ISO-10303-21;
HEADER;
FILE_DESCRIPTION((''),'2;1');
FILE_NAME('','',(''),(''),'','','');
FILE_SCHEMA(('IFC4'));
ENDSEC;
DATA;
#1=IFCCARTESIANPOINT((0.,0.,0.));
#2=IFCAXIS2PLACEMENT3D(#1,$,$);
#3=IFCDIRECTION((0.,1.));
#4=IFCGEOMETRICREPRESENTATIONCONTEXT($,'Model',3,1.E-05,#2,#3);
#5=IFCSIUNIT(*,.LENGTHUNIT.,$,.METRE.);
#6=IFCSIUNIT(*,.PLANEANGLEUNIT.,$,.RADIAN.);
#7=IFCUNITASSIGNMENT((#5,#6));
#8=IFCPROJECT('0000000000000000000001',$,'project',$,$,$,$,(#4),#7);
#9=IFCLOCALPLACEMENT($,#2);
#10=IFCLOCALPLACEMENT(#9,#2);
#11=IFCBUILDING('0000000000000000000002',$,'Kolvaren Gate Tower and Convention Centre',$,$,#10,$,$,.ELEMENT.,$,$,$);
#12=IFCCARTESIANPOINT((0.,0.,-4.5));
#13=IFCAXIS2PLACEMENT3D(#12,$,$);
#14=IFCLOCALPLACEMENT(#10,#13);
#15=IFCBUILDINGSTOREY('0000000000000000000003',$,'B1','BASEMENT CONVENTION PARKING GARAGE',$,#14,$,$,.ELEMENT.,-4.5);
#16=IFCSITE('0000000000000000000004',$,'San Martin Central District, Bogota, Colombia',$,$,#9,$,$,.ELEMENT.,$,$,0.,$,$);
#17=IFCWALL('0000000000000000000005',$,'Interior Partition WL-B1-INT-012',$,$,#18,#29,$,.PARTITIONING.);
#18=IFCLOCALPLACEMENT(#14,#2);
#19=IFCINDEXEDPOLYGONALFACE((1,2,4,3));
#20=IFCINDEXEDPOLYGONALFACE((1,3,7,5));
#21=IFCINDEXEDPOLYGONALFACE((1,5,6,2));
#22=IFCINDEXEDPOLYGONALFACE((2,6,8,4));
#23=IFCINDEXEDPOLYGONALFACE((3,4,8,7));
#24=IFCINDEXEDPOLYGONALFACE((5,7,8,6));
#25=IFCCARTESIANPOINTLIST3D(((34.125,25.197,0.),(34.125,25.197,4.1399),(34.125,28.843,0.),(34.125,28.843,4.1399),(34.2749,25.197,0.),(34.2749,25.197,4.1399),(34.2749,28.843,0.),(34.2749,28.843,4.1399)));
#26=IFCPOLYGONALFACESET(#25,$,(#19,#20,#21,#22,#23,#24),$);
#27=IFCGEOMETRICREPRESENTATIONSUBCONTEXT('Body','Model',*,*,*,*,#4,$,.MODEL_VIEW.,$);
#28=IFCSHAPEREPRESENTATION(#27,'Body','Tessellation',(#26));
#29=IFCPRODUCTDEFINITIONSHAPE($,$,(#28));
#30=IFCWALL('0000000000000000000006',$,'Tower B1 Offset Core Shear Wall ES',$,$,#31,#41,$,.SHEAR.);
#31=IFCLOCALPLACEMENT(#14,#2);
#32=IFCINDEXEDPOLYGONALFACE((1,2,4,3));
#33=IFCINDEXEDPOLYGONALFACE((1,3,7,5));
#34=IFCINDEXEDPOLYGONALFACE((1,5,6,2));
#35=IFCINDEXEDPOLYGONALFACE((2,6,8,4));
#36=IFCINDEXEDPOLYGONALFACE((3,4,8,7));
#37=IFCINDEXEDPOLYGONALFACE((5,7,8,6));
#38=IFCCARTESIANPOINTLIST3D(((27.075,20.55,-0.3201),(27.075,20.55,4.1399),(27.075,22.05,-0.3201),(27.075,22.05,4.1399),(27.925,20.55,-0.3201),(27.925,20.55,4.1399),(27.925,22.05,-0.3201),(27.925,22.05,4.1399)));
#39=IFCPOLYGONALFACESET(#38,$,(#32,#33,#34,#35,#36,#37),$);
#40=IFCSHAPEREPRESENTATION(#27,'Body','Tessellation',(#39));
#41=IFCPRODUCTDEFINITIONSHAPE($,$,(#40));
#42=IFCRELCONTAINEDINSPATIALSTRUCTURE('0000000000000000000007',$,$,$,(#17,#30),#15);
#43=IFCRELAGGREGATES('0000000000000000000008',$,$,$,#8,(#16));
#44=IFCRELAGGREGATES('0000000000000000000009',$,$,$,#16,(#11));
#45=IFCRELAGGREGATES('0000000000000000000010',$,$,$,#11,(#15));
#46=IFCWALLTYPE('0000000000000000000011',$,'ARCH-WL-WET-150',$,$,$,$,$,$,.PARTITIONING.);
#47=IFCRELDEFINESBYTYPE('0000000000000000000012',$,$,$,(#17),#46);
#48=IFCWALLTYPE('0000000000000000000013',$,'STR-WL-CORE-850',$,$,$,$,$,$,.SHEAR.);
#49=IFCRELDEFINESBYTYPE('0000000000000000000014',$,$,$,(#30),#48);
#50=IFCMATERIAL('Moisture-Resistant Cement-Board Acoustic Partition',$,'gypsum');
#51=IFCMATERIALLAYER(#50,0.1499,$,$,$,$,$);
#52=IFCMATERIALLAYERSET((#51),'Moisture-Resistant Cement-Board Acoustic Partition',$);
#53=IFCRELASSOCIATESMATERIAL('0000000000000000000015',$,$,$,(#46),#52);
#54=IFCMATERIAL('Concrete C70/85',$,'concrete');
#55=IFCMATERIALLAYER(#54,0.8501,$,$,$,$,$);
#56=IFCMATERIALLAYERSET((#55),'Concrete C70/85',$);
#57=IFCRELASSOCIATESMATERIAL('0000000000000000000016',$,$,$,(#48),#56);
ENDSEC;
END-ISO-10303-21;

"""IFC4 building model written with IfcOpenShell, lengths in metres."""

from ifc_helpers import new_model, si_unit, direction, frame, frame_2d, origin, place, context, subcontext, project, spatial, rectangle, extrude, material, layer, layer_set, type_object, element, save


model = new_model("IFC4")

# Units and contexts
model_context = context("Model", 3, precision=1e-05, world=origin(), true_north=direction((0.0, 1.0)))
body_context = subcontext(model_context, "Body", "Model", "MODEL_VIEW")
ifc_project = project(units=[si_unit("LENGTHUNIT", "METRE"), si_unit("PLANEANGLEUNIT", "RADIAN")], contexts=[model_context])

# Site, building, storey
site_placement = place(None, origin())
site = spatial("IfcSite", under=ifc_project, at=site_placement, Name="San Martin Central District, Bogota, Colombia", CompositionType="ELEMENT", RefElevation=0.0)
building_placement = place(site_placement, origin())
building = spatial("IfcBuilding", under=site, at=building_placement, Name="Kolvaren Gate Tower and Convention Centre", CompositionType="ELEMENT")
storey_placement = place(building_placement, frame((0.0, 0.0, -4.5)))
storey = spatial("IfcBuildingStorey", under=building, at=storey_placement, Name="B1", Description="BASEMENT CONVENTION PARKING GARAGE", CompositionType="ELEMENT", Elevation=-4.5)

# Shared definitions
ifc_material_1 = material(Name="Moisture-Resistant Cement-Board Acoustic Partition", Category="gypsum")
ifc_layer_1 = layer(ifc_material_1, 0.1499)
ifc_layer_set_1 = layer_set([ifc_layer_1], Name="Moisture-Resistant Cement-Board Acoustic Partition")
wall_type_1 = type_object("IfcWallType", Name="ARCH-WL-WET-150", PredefinedType="PARTITIONING", material=ifc_layer_set_1)

# Walls
wall_1_placement = place(storey_placement, frame((34.2, 25.197, 0.0), z_axis=(0.0, 0.0, 1.0), x_axis=(0.0, 1.0, 0.0)))
element("IfcWall", 1, at=wall_1_placement, inside=storey, type_object=wall_type_1, Name="Interior Partition WL-B1-INT-012", PredefinedType="PARTITIONING", context=body_context, shape_type="SweptSolid", body=[
    extrude(rectangle(XDim=3.646, YDim=0.1499, at=frame_2d((1.823, 0.0))), origin(), (0.0, 0.0, 1.0), 4.1399),
])
ifc_material_2 = material(Name="Concrete C70/85", Category="concrete")
ifc_layer_2 = layer(ifc_material_2, 0.8501)
ifc_layer_set_2 = layer_set([ifc_layer_2], Name="Concrete C70/85")
wall_type_2 = type_object("IfcWallType", Name="STR-WL-CORE-850", PredefinedType="SHEAR", material=ifc_layer_set_2)
wall_2_placement = place(storey_placement, frame((27.5, 20.55, -0.3201), z_axis=(0.0, 0.0, 1.0), x_axis=(0.0, 1.0, 0.0)))
element("IfcWall", 2, at=wall_2_placement, inside=storey, type_object=wall_type_2, Name="Tower B1 Offset Core Shear Wall ES", PredefinedType="SHEAR", context=body_context, shape_type="SweptSolid", body=[
    extrude(rectangle(XDim=1.5, YDim=0.8501, at=frame_2d((0.75, 0.0))), origin(), (0.0, 0.0, 1.0), 4.46),
])

save(model, "model.ifc")
